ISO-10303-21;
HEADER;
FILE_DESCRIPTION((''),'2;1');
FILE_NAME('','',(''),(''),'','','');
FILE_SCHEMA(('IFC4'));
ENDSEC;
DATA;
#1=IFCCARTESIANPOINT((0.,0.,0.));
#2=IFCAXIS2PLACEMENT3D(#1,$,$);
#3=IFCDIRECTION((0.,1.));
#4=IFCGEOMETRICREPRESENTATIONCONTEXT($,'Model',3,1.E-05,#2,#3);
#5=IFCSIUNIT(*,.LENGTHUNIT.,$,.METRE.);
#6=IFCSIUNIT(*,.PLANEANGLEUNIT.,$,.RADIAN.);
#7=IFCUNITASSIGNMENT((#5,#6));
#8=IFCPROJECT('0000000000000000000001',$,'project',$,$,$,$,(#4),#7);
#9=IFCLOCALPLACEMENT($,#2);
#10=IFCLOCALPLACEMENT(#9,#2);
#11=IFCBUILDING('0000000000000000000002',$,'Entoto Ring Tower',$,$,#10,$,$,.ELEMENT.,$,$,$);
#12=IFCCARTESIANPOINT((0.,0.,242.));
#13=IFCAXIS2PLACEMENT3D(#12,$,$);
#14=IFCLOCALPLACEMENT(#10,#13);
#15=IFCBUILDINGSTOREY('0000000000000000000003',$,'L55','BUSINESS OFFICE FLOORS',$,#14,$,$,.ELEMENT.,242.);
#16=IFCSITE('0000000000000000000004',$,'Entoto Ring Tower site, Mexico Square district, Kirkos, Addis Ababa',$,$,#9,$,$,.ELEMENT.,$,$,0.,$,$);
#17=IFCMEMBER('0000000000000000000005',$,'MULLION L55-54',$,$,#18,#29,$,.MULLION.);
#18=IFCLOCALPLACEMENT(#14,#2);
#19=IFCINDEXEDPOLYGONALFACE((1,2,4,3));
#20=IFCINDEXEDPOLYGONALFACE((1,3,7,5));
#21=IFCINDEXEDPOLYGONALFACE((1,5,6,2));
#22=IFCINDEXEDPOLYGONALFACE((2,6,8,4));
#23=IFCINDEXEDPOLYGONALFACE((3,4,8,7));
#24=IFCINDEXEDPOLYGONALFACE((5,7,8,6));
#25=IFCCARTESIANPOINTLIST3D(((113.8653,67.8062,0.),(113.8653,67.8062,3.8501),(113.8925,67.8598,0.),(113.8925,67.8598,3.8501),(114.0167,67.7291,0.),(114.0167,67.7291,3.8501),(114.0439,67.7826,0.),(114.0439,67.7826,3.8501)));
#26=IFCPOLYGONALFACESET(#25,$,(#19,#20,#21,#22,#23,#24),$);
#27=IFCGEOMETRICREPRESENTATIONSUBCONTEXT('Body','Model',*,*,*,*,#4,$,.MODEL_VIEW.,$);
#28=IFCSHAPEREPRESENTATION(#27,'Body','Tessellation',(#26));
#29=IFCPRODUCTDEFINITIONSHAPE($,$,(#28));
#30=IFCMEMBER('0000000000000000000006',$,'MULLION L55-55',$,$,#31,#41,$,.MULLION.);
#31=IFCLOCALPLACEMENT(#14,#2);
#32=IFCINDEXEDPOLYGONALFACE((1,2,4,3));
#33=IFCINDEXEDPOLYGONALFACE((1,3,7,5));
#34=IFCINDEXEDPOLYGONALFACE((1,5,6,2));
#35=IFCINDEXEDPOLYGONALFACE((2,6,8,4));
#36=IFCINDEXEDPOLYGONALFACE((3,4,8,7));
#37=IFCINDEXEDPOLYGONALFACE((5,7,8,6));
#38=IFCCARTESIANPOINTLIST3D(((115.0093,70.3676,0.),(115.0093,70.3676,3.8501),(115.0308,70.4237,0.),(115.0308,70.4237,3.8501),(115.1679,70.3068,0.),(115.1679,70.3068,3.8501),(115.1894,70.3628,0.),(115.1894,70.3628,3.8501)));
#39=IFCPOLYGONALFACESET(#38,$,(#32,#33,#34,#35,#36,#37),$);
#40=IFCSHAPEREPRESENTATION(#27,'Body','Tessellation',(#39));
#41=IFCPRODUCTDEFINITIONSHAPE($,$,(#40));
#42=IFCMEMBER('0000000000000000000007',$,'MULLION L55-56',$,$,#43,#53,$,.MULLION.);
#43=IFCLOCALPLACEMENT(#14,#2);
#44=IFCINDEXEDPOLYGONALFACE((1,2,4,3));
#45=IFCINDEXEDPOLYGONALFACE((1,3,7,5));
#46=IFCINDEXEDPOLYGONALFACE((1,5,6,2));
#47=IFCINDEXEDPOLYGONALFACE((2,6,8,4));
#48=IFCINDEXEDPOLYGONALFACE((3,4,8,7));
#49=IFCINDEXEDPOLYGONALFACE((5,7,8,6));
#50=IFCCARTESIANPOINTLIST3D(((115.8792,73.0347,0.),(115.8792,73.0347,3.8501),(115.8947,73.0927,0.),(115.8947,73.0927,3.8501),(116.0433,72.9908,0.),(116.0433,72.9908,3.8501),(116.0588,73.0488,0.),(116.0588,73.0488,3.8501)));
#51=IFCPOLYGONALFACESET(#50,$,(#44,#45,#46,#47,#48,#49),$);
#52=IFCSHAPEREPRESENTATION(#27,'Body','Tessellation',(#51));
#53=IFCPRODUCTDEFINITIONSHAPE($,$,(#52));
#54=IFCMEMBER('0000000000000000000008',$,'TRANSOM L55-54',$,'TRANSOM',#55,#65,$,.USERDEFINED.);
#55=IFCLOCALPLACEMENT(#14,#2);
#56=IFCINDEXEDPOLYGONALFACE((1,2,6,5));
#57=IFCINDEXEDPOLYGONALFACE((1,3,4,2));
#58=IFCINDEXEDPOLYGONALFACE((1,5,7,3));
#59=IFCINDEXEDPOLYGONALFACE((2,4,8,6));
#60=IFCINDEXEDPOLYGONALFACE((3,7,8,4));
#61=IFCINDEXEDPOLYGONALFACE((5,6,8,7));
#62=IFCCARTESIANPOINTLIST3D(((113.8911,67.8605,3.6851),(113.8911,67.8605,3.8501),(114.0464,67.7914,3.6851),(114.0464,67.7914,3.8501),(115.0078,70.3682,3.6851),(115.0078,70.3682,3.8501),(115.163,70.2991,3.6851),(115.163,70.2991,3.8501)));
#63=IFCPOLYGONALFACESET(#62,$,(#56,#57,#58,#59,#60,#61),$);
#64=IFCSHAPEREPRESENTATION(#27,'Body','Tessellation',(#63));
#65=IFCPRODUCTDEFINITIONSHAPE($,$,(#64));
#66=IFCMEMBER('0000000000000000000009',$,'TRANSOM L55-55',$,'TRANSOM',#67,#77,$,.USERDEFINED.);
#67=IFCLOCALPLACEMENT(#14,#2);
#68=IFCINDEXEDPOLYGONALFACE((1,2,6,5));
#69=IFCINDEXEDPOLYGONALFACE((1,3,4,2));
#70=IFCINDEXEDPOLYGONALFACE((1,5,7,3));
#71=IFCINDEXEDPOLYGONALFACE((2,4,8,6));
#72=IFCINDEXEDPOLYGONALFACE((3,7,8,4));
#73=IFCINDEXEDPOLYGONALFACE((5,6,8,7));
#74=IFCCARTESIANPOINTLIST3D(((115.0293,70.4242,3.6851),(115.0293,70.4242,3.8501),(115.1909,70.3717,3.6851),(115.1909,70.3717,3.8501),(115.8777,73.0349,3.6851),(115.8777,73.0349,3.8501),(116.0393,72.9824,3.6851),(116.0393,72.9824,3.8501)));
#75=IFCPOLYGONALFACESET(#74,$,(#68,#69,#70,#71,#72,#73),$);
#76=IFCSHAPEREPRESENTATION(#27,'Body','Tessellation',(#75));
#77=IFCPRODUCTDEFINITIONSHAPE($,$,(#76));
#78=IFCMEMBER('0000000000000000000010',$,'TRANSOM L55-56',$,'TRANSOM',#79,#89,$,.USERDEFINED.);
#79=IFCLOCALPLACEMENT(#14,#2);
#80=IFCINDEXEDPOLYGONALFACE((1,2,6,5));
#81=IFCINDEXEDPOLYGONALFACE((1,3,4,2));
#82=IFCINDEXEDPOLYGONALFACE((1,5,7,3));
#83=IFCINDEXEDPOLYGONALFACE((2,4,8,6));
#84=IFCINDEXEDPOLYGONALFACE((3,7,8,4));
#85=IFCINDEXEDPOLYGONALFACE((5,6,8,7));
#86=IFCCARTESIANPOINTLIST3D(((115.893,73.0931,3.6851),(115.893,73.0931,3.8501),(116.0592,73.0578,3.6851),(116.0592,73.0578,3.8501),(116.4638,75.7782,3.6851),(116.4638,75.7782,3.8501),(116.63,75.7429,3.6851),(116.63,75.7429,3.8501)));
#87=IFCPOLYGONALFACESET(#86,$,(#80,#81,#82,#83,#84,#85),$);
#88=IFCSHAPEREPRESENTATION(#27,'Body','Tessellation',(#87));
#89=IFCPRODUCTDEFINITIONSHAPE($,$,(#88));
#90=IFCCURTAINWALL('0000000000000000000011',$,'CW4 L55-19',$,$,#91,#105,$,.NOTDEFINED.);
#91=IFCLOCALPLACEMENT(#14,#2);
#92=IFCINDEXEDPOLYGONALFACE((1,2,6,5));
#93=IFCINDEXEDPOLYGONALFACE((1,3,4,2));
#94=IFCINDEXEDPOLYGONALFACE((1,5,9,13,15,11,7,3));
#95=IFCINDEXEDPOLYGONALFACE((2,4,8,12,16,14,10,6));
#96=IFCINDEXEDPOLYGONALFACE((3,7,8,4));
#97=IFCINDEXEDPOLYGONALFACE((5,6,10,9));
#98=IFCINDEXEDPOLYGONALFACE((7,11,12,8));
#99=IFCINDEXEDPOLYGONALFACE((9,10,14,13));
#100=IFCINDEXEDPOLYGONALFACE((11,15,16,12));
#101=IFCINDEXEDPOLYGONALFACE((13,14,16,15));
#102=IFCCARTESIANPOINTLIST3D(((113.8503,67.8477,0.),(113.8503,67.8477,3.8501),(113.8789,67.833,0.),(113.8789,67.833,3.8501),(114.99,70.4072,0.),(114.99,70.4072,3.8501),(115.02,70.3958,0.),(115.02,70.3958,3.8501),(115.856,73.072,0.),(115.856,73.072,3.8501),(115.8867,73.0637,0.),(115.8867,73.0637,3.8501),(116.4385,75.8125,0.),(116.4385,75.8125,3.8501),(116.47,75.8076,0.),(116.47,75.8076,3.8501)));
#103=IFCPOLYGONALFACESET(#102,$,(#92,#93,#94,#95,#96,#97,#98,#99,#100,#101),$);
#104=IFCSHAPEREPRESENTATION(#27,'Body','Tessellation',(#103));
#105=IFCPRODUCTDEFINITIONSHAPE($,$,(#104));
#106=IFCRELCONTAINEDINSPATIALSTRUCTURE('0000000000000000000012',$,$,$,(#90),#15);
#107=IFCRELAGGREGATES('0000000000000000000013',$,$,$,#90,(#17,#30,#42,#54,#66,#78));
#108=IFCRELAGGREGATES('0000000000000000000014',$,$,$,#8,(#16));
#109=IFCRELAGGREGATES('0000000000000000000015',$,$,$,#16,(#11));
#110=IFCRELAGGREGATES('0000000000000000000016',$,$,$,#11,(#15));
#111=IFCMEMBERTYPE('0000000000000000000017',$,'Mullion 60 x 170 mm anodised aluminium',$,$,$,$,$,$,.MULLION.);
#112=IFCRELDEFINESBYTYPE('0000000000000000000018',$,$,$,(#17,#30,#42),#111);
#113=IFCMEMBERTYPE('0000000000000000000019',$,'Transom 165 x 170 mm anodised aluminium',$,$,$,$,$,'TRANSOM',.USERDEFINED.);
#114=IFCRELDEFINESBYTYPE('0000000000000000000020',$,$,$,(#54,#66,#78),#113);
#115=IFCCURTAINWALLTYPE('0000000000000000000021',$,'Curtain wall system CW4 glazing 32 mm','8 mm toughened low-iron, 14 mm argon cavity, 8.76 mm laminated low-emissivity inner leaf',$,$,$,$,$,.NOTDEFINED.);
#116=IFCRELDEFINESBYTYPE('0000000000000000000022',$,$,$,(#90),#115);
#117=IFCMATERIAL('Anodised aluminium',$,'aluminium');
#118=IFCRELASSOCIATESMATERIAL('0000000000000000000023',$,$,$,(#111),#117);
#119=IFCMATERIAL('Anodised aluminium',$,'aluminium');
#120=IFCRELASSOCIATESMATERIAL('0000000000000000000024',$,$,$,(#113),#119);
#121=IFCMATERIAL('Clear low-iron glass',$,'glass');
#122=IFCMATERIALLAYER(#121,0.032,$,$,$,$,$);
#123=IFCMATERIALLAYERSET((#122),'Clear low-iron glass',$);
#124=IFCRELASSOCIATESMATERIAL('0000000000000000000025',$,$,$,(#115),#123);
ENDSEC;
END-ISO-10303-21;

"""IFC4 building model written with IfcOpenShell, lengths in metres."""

from ifc_helpers import new_model, si_unit, direction, frame, origin, origin_2d, place, context, subcontext, project, spatial, polyline, rectangle, outline, extrude, material, layer, layer_set, material_profile, profile_set, type_object, element, aggregate, save


model = new_model("IFC4")

# Units and contexts
model_context = context("Model", 3, precision=1e-05, world=origin(), true_north=direction((0.0, 1.0)))
body_context = subcontext(model_context, "Body", "Model", "MODEL_VIEW")
ifc_project = project(units=[si_unit("LENGTHUNIT", "METRE"), si_unit("PLANEANGLEUNIT", "RADIAN")], contexts=[model_context])

# Members
ifc_material_1 = material(Name="Anodised aluminium", Category="aluminium")
ifc_material_profile_1 = material_profile(ifc_material_1, rectangle(XDim=0.0601, YDim=0.1699, at=origin_2d()), Name="Mullion 60 x 170 mm anodised aluminium")
ifc_profile_set_1 = profile_set([ifc_material_profile_1], Name="Anodised aluminium")
member_type_1 = type_object("IfcMemberType", Name="Mullion 60 x 170 mm anodised aluminium", PredefinedType="MULLION", material=ifc_profile_set_1)
site_placement = place(None, origin())
building_placement = place(site_placement, origin())
storey_placement = place(building_placement, frame((0.0, 0.0, 242.0)))
member_1_placement = place(storey_placement, frame((113.9546, 67.7944, 0.0), z_axis=(0.0, 0.0, 1.0), x_axis=(0.45399, 0.891007, 0.0)))
member_1 = element("IfcMember", 1, at=member_1_placement, type_object=member_type_1, Name="MULLION L55-54", PredefinedType="MULLION", context=body_context, shape_type="SweptSolid", body=[
    extrude(rectangle(XDim=0.0601, YDim=0.1699, at=origin_2d()), origin(), (0.0, 0.0, 1.0), 3.8501),
])
member_2_placement = place(storey_placement, frame((115.0994, 70.3652, 0.0), z_axis=(0.0, 0.0, 1.0), x_axis=(0.358368, 0.93358, 0.0)))
member_2 = element("IfcMember", 2, at=member_2_placement, type_object=member_type_1, Name="MULLION L55-55", PredefinedType="MULLION", context=body_context, shape_type="SweptSolid", body=[
    extrude(rectangle(XDim=0.0601, YDim=0.1699, at=origin_2d()), origin(), (0.0, 0.0, 1.0), 3.8501),
])
member_3_placement = place(storey_placement, frame((115.969, 73.0417, 0.0), z_axis=(0.0, 0.0, 1.0), x_axis=(0.258819, 0.965926, 0.0)))
member_3 = element("IfcMember", 3, at=member_3_placement, type_object=member_type_1, Name="MULLION L55-56", PredefinedType="MULLION", context=body_context, shape_type="SweptSolid", body=[
    extrude(rectangle(XDim=0.0601, YDim=0.1699, at=origin_2d()), origin(), (0.0, 0.0, 1.0), 3.8501),
])
ifc_material_2 = material(Name="Anodised aluminium", Category="aluminium")
ifc_material_profile_2 = material_profile(ifc_material_2, rectangle(XDim=0.1699, YDim=0.165, at=origin_2d()), Name="Transom 165 x 170 mm anodised aluminium")
ifc_profile_set_2 = profile_set([ifc_material_profile_2], Name="Anodised aluminium")
member_type_2 = type_object("IfcMemberType", Name="Transom 165 x 170 mm anodised aluminium", ElementType="TRANSOM", PredefinedType="USERDEFINED", material=ifc_profile_set_2)
member_4_placement = place(storey_placement, frame((113.9688, 67.8259, 3.7676), z_axis=(0.406782, 0.913525, 0.0), x_axis=(-0.913525, 0.406782, 0.0)))
member_4 = element("IfcMember", 4, at=member_4_placement, type_object=member_type_2, Name="TRANSOM L55-54", ObjectType="TRANSOM", PredefinedType="USERDEFINED", context=body_context, shape_type="SweptSolid", body=[
    extrude(rectangle(XDim=0.1699, YDim=0.165, at=origin_2d()), origin(), (0.0, 0.0, 1.0), 2.7451),
])
member_5_placement = place(storey_placement, frame((115.1101, 70.3979, 3.7676), z_axis=(0.309042, 0.951048, 0.0), x_axis=(-0.951048, 0.309042, 0.0)))
member_5 = element("IfcMember", 5, at=member_5_placement, type_object=member_type_2, Name="TRANSOM L55-55", ObjectType="TRANSOM", PredefinedType="USERDEFINED", context=body_context, shape_type="SweptSolid", body=[
    extrude(rectangle(XDim=0.1699, YDim=0.165, at=origin_2d()), origin(), (0.0, 0.0, 1.0), 2.7451),
])
member_6_placement = place(storey_placement, frame((115.9761, 73.0754, 3.7676), z_axis=(0.207937, 0.978142, 0.0), x_axis=(-0.978142, 0.207937, 0.0)))
member_6 = element("IfcMember", 6, at=member_6_placement, type_object=member_type_2, Name="TRANSOM L55-56", ObjectType="TRANSOM", PredefinedType="USERDEFINED", context=body_context, shape_type="SweptSolid", body=[
    extrude(rectangle(XDim=0.1699, YDim=0.165, at=origin_2d()), origin(), (0.0, 0.0, 1.0), 2.7451),
])

# Site, building, storey
site = spatial("IfcSite", under=ifc_project, at=site_placement, Name="Entoto Ring Tower site, Mexico Square district, Kirkos, Addis Ababa", CompositionType="ELEMENT", RefElevation=0.0)
building = spatial("IfcBuilding", under=site, at=building_placement, Name="Entoto Ring Tower", CompositionType="ELEMENT")
storey = spatial("IfcBuildingStorey", under=building, at=storey_placement, Name="L55", Description="BUSINESS OFFICE FLOORS", CompositionType="ELEMENT", Elevation=242.0)

# Curtain wall
ifc_material_3 = material(Name="Clear low-iron glass", Category="glass")
ifc_layer_1 = layer(ifc_material_3, 0.032)
ifc_layer_set_1 = layer_set([ifc_layer_1], Name="Clear low-iron glass")
curtain_wall_type = type_object("IfcCurtainWallType", Name="Curtain wall system CW4 glazing 32 mm", Description="8 mm toughened low-iron, 14 mm argon cavity, 8.76 mm laminated low-emissivity inner leaf", PredefinedType="NOTDEFINED", material=ifc_layer_set_1)
curtain_wall_1_placement = place(storey_placement, origin())
curtain_wall_1 = element("IfcCurtainWall", 7, at=curtain_wall_1_placement, inside=storey, type_object=curtain_wall_type, Name="CW4 L55-19", PredefinedType="NOTDEFINED", context=body_context, shape_type="SweptSolid", body=[
    extrude(outline(polyline([(113.8789, 67.833), (115.02, 70.3958), (115.8867, 73.0637), (116.47, 75.8076), (116.4385, 75.8125), (115.856, 73.072), (114.99, 70.4072), (113.8503, 67.8477), (113.8789, 67.833)])), origin(), (0.0, 0.0, 1.0), 3.8501),
])
aggregate(curtain_wall_1, [member_1, member_2, member_3, member_4, member_5, member_6])

save(model, "model.ifc")
